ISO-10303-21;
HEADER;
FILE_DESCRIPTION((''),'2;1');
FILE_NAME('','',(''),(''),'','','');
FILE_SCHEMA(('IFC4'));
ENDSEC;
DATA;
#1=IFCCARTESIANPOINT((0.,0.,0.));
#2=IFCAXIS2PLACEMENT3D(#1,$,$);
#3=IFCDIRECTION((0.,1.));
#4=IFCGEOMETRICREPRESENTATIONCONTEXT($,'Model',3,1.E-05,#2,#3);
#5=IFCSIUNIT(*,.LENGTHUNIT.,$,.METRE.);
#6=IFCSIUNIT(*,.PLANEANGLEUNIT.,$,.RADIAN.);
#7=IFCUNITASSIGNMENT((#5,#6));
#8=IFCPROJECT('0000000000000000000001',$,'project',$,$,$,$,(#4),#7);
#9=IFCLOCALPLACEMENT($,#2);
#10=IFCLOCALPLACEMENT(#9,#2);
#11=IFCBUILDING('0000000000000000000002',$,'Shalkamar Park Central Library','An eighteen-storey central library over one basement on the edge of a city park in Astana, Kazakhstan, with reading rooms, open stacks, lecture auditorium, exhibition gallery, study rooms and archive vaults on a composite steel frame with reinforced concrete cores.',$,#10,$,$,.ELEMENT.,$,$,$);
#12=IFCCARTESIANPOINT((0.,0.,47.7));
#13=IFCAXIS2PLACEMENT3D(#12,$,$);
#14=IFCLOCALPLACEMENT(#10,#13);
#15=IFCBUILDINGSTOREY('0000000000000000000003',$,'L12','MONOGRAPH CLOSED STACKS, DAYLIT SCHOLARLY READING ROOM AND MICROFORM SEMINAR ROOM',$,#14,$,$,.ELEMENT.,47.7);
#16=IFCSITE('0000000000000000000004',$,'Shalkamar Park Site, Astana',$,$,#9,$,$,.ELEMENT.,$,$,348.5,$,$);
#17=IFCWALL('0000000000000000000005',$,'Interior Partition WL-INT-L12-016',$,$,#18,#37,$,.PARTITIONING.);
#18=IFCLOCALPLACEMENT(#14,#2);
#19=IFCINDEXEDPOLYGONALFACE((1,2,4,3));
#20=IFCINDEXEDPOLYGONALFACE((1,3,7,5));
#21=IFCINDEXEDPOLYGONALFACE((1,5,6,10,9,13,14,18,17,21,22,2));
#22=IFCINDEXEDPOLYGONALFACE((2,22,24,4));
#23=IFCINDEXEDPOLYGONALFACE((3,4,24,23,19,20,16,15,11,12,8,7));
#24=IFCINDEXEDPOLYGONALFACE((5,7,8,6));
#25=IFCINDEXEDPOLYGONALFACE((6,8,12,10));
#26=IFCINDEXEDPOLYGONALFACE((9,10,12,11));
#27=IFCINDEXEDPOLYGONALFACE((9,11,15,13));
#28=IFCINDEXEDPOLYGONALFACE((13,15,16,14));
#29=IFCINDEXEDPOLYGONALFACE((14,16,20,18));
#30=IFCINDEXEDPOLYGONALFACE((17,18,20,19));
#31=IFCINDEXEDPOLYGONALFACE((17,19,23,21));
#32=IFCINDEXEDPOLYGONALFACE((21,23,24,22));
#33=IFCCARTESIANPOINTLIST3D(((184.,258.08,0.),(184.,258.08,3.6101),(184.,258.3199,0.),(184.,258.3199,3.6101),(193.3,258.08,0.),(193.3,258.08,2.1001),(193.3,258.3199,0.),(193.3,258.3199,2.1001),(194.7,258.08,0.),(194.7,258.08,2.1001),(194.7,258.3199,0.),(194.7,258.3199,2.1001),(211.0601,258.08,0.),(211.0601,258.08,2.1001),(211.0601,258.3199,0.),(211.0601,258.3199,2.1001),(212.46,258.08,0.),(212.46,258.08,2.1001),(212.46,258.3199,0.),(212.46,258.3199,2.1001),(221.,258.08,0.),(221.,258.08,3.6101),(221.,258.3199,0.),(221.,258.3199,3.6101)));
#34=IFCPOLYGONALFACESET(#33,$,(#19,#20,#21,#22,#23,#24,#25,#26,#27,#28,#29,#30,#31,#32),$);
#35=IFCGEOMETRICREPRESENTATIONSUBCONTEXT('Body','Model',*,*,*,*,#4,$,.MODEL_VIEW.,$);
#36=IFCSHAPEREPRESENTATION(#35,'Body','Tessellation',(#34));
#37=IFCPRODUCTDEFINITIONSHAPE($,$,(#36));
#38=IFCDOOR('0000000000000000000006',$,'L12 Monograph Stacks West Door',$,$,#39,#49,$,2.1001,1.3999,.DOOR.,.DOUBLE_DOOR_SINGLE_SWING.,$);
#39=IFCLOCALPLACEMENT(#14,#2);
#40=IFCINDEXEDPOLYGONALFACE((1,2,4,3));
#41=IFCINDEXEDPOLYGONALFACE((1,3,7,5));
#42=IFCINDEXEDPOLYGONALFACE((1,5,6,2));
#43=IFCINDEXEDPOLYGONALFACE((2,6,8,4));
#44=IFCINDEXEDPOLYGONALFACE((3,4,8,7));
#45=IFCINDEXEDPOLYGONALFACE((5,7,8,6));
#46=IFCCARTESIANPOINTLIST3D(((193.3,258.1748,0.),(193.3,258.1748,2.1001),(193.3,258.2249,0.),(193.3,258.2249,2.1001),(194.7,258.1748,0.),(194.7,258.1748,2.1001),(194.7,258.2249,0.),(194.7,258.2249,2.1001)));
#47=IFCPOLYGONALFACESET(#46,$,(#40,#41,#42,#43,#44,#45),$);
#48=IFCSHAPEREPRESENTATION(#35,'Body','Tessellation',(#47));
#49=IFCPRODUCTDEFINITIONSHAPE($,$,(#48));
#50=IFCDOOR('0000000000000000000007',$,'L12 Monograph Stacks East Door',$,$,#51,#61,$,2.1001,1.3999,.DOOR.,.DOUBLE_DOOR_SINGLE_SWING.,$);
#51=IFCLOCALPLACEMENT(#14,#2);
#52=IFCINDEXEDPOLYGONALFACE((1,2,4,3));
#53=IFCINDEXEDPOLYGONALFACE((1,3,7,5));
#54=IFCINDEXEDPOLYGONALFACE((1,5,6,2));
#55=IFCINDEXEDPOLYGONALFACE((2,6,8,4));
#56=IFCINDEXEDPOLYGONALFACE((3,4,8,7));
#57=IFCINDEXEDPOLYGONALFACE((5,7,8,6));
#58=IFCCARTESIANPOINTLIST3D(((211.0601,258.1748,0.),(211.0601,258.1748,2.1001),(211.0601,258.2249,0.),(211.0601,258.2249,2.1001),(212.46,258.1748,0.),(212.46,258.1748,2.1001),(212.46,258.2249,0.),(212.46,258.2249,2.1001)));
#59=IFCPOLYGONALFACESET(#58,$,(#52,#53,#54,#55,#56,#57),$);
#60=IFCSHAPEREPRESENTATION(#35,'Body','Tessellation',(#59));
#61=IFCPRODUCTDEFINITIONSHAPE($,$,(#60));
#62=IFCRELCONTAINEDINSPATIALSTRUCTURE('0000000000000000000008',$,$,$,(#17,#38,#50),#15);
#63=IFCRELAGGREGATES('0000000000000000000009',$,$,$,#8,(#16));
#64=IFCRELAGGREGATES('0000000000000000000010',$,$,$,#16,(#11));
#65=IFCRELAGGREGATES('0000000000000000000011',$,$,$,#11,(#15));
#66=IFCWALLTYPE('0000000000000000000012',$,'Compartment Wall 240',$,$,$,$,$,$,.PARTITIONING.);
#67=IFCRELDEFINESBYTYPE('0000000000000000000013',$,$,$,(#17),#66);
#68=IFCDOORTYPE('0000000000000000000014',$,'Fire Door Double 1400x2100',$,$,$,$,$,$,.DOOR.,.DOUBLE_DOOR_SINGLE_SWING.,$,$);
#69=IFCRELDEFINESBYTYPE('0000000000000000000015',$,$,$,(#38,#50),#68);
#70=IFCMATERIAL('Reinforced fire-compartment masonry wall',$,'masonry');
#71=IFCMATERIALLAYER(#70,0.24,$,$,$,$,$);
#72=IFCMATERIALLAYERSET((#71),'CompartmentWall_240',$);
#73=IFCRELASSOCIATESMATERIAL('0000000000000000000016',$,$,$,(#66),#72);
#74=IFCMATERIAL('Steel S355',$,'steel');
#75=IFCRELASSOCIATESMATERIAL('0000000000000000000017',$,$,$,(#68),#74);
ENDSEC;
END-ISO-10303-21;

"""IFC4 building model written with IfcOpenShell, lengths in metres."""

from ifc_helpers import new_model, si_unit, direction, frame, frame_2d, origin, place, context, subcontext, project, spatial, rectangle, extrude, material, layer, layer_set, type_object, element, fill, save


model = new_model("IFC4")

# Units and contexts
model_context = context("Model", 3, precision=1e-05, world=origin(), true_north=direction((0.0, 1.0)))
body_context = subcontext(model_context, "Body", "Model", "MODEL_VIEW")
ifc_project = project(units=[si_unit("LENGTHUNIT", "METRE"), si_unit("PLANEANGLEUNIT", "RADIAN")], contexts=[model_context])

# Site, building, storey
site_placement = place(None, origin())
site = spatial("IfcSite", under=ifc_project, at=site_placement, Name="Shalkamar Park Site, Astana", CompositionType="ELEMENT", RefElevation=348.5)
building_placement = place(site_placement, origin())
building = spatial("IfcBuilding", under=site, at=building_placement, Name="Shalkamar Park Central Library", Description="An eighteen-storey central library over one basement on the edge of a city park in Astana, Kazakhstan, with reading rooms, open stacks, lecture auditorium, exhibition gallery, study rooms and archive vaults on a composite steel frame with reinforced concrete cores.", CompositionType="ELEMENT")
storey_placement = place(building_placement, frame((0.0, 0.0, 47.7)))
storey = spatial("IfcBuildingStorey", under=building, at=storey_placement, Name="L12", Description="MONOGRAPH CLOSED STACKS, DAYLIT SCHOLARLY READING ROOM AND MICROFORM SEMINAR ROOM", CompositionType="ELEMENT", Elevation=47.7)

# Shared definitions
ifc_material_1 = material(Name="Steel S355", Category="steel")

# Shared definitions
ifc_material_2 = material(Name="Reinforced fire-compartment masonry wall", Category="masonry")
ifc_layer = layer(ifc_material_2, 0.24)
ifc_layer_set = layer_set([ifc_layer], Name="CompartmentWall_240")
wall_type = type_object("IfcWallType", Name="Compartment Wall 240", PredefinedType="PARTITIONING", material=ifc_layer_set)

# Wall, openings, doors
wall_1_placement = place(storey_placement, frame((184.0, 258.2, 0.0), z_axis=(0.0, 0.0, 1.0), x_axis=(1.0, 0.0, 0.0)))
wall_1 = element("IfcWall", 1, at=wall_1_placement, inside=storey, type_object=wall_type, Name="Interior Partition WL-INT-L12-016", PredefinedType="PARTITIONING", context=body_context, shape_type="SweptSolid", body=[
    extrude(rectangle(XDim=37.0, YDim=0.24, at=frame_2d((18.5, 0.0))), origin(), (0.0, 0.0, 1.0), 3.6101),
])
opening_1_placement = place(wall_1_placement, frame((9.3, 0.0, 0.0)))
opening_1 = element("IfcOpeningElement", 2, at=opening_1_placement, cuts=wall_1, PredefinedType="OPENING", context=body_context, shape_type="SweptSolid", body=[
    extrude(rectangle(XDim=1.3999, YDim=2.1001, at=frame_2d((0.7, 1.05))), frame((0.0, 0.1348, 0.0), z_axis=(0.0, -1.0, 0.0), x_axis=(1.0, 0.0, 0.0)), (0.0, 0.0, 1.0), 0.2698),
])
opening_2_placement = place(wall_1_placement, frame((27.0601, 0.0, 0.0)))
opening_2 = element("IfcOpeningElement", 3, at=opening_2_placement, cuts=wall_1, PredefinedType="OPENING", context=body_context, shape_type="SweptSolid", body=[
    extrude(rectangle(XDim=1.3999, YDim=2.1001, at=frame_2d((0.7, 1.05))), frame((0.0, 0.1348, 0.0), z_axis=(0.0, -1.0, 0.0), x_axis=(1.0, 0.0, 0.0)), (0.0, 0.0, 1.0), 0.2698),
])
door_type_1 = type_object("IfcDoorType", Name="Fire Door Double 1400x2100", OperationType="DOUBLE_DOOR_SINGLE_SWING", PredefinedType="DOOR", material=ifc_material_1)
door_1_placement = place(opening_1_placement, origin())
door_1 = element("IfcDoor", 4, at=door_1_placement, inside=storey, type_object=door_type_1, Name="L12 Monograph Stacks West Door", OperationType="DOUBLE_DOOR_SINGLE_SWING", OverallHeight=2.1001, OverallWidth=1.3999, PredefinedType="DOOR", context=body_context, shape_type="SweptSolid", body=[
    extrude(rectangle(XDim=1.3999, YDim=2.1001, at=frame_2d((0.7, 1.05))), frame((0.0, 0.0249, 0.0), z_axis=(0.0, -1.0, 0.0), x_axis=(1.0, 0.0, 0.0)), (0.0, 0.0, 1.0), 0.05),
])
fill(opening_1, door_1)
door_2_placement = place(opening_2_placement, origin())
door_2 = element("IfcDoor", 5, at=door_2_placement, inside=storey, type_object=door_type_1, Name="L12 Monograph Stacks East Door", OperationType="DOUBLE_DOOR_SINGLE_SWING", OverallHeight=2.1001, OverallWidth=1.3999, PredefinedType="DOOR", context=body_context, shape_type="SweptSolid", body=[
    extrude(rectangle(XDim=1.3999, YDim=2.1001, at=frame_2d((0.7, 1.05))), frame((0.0, 0.0249, 0.0), z_axis=(0.0, -1.0, 0.0), x_axis=(1.0, 0.0, 0.0)), (0.0, 0.0, 1.0), 0.05),
])
fill(opening_2, door_2)

save(model, "model.ifc")
